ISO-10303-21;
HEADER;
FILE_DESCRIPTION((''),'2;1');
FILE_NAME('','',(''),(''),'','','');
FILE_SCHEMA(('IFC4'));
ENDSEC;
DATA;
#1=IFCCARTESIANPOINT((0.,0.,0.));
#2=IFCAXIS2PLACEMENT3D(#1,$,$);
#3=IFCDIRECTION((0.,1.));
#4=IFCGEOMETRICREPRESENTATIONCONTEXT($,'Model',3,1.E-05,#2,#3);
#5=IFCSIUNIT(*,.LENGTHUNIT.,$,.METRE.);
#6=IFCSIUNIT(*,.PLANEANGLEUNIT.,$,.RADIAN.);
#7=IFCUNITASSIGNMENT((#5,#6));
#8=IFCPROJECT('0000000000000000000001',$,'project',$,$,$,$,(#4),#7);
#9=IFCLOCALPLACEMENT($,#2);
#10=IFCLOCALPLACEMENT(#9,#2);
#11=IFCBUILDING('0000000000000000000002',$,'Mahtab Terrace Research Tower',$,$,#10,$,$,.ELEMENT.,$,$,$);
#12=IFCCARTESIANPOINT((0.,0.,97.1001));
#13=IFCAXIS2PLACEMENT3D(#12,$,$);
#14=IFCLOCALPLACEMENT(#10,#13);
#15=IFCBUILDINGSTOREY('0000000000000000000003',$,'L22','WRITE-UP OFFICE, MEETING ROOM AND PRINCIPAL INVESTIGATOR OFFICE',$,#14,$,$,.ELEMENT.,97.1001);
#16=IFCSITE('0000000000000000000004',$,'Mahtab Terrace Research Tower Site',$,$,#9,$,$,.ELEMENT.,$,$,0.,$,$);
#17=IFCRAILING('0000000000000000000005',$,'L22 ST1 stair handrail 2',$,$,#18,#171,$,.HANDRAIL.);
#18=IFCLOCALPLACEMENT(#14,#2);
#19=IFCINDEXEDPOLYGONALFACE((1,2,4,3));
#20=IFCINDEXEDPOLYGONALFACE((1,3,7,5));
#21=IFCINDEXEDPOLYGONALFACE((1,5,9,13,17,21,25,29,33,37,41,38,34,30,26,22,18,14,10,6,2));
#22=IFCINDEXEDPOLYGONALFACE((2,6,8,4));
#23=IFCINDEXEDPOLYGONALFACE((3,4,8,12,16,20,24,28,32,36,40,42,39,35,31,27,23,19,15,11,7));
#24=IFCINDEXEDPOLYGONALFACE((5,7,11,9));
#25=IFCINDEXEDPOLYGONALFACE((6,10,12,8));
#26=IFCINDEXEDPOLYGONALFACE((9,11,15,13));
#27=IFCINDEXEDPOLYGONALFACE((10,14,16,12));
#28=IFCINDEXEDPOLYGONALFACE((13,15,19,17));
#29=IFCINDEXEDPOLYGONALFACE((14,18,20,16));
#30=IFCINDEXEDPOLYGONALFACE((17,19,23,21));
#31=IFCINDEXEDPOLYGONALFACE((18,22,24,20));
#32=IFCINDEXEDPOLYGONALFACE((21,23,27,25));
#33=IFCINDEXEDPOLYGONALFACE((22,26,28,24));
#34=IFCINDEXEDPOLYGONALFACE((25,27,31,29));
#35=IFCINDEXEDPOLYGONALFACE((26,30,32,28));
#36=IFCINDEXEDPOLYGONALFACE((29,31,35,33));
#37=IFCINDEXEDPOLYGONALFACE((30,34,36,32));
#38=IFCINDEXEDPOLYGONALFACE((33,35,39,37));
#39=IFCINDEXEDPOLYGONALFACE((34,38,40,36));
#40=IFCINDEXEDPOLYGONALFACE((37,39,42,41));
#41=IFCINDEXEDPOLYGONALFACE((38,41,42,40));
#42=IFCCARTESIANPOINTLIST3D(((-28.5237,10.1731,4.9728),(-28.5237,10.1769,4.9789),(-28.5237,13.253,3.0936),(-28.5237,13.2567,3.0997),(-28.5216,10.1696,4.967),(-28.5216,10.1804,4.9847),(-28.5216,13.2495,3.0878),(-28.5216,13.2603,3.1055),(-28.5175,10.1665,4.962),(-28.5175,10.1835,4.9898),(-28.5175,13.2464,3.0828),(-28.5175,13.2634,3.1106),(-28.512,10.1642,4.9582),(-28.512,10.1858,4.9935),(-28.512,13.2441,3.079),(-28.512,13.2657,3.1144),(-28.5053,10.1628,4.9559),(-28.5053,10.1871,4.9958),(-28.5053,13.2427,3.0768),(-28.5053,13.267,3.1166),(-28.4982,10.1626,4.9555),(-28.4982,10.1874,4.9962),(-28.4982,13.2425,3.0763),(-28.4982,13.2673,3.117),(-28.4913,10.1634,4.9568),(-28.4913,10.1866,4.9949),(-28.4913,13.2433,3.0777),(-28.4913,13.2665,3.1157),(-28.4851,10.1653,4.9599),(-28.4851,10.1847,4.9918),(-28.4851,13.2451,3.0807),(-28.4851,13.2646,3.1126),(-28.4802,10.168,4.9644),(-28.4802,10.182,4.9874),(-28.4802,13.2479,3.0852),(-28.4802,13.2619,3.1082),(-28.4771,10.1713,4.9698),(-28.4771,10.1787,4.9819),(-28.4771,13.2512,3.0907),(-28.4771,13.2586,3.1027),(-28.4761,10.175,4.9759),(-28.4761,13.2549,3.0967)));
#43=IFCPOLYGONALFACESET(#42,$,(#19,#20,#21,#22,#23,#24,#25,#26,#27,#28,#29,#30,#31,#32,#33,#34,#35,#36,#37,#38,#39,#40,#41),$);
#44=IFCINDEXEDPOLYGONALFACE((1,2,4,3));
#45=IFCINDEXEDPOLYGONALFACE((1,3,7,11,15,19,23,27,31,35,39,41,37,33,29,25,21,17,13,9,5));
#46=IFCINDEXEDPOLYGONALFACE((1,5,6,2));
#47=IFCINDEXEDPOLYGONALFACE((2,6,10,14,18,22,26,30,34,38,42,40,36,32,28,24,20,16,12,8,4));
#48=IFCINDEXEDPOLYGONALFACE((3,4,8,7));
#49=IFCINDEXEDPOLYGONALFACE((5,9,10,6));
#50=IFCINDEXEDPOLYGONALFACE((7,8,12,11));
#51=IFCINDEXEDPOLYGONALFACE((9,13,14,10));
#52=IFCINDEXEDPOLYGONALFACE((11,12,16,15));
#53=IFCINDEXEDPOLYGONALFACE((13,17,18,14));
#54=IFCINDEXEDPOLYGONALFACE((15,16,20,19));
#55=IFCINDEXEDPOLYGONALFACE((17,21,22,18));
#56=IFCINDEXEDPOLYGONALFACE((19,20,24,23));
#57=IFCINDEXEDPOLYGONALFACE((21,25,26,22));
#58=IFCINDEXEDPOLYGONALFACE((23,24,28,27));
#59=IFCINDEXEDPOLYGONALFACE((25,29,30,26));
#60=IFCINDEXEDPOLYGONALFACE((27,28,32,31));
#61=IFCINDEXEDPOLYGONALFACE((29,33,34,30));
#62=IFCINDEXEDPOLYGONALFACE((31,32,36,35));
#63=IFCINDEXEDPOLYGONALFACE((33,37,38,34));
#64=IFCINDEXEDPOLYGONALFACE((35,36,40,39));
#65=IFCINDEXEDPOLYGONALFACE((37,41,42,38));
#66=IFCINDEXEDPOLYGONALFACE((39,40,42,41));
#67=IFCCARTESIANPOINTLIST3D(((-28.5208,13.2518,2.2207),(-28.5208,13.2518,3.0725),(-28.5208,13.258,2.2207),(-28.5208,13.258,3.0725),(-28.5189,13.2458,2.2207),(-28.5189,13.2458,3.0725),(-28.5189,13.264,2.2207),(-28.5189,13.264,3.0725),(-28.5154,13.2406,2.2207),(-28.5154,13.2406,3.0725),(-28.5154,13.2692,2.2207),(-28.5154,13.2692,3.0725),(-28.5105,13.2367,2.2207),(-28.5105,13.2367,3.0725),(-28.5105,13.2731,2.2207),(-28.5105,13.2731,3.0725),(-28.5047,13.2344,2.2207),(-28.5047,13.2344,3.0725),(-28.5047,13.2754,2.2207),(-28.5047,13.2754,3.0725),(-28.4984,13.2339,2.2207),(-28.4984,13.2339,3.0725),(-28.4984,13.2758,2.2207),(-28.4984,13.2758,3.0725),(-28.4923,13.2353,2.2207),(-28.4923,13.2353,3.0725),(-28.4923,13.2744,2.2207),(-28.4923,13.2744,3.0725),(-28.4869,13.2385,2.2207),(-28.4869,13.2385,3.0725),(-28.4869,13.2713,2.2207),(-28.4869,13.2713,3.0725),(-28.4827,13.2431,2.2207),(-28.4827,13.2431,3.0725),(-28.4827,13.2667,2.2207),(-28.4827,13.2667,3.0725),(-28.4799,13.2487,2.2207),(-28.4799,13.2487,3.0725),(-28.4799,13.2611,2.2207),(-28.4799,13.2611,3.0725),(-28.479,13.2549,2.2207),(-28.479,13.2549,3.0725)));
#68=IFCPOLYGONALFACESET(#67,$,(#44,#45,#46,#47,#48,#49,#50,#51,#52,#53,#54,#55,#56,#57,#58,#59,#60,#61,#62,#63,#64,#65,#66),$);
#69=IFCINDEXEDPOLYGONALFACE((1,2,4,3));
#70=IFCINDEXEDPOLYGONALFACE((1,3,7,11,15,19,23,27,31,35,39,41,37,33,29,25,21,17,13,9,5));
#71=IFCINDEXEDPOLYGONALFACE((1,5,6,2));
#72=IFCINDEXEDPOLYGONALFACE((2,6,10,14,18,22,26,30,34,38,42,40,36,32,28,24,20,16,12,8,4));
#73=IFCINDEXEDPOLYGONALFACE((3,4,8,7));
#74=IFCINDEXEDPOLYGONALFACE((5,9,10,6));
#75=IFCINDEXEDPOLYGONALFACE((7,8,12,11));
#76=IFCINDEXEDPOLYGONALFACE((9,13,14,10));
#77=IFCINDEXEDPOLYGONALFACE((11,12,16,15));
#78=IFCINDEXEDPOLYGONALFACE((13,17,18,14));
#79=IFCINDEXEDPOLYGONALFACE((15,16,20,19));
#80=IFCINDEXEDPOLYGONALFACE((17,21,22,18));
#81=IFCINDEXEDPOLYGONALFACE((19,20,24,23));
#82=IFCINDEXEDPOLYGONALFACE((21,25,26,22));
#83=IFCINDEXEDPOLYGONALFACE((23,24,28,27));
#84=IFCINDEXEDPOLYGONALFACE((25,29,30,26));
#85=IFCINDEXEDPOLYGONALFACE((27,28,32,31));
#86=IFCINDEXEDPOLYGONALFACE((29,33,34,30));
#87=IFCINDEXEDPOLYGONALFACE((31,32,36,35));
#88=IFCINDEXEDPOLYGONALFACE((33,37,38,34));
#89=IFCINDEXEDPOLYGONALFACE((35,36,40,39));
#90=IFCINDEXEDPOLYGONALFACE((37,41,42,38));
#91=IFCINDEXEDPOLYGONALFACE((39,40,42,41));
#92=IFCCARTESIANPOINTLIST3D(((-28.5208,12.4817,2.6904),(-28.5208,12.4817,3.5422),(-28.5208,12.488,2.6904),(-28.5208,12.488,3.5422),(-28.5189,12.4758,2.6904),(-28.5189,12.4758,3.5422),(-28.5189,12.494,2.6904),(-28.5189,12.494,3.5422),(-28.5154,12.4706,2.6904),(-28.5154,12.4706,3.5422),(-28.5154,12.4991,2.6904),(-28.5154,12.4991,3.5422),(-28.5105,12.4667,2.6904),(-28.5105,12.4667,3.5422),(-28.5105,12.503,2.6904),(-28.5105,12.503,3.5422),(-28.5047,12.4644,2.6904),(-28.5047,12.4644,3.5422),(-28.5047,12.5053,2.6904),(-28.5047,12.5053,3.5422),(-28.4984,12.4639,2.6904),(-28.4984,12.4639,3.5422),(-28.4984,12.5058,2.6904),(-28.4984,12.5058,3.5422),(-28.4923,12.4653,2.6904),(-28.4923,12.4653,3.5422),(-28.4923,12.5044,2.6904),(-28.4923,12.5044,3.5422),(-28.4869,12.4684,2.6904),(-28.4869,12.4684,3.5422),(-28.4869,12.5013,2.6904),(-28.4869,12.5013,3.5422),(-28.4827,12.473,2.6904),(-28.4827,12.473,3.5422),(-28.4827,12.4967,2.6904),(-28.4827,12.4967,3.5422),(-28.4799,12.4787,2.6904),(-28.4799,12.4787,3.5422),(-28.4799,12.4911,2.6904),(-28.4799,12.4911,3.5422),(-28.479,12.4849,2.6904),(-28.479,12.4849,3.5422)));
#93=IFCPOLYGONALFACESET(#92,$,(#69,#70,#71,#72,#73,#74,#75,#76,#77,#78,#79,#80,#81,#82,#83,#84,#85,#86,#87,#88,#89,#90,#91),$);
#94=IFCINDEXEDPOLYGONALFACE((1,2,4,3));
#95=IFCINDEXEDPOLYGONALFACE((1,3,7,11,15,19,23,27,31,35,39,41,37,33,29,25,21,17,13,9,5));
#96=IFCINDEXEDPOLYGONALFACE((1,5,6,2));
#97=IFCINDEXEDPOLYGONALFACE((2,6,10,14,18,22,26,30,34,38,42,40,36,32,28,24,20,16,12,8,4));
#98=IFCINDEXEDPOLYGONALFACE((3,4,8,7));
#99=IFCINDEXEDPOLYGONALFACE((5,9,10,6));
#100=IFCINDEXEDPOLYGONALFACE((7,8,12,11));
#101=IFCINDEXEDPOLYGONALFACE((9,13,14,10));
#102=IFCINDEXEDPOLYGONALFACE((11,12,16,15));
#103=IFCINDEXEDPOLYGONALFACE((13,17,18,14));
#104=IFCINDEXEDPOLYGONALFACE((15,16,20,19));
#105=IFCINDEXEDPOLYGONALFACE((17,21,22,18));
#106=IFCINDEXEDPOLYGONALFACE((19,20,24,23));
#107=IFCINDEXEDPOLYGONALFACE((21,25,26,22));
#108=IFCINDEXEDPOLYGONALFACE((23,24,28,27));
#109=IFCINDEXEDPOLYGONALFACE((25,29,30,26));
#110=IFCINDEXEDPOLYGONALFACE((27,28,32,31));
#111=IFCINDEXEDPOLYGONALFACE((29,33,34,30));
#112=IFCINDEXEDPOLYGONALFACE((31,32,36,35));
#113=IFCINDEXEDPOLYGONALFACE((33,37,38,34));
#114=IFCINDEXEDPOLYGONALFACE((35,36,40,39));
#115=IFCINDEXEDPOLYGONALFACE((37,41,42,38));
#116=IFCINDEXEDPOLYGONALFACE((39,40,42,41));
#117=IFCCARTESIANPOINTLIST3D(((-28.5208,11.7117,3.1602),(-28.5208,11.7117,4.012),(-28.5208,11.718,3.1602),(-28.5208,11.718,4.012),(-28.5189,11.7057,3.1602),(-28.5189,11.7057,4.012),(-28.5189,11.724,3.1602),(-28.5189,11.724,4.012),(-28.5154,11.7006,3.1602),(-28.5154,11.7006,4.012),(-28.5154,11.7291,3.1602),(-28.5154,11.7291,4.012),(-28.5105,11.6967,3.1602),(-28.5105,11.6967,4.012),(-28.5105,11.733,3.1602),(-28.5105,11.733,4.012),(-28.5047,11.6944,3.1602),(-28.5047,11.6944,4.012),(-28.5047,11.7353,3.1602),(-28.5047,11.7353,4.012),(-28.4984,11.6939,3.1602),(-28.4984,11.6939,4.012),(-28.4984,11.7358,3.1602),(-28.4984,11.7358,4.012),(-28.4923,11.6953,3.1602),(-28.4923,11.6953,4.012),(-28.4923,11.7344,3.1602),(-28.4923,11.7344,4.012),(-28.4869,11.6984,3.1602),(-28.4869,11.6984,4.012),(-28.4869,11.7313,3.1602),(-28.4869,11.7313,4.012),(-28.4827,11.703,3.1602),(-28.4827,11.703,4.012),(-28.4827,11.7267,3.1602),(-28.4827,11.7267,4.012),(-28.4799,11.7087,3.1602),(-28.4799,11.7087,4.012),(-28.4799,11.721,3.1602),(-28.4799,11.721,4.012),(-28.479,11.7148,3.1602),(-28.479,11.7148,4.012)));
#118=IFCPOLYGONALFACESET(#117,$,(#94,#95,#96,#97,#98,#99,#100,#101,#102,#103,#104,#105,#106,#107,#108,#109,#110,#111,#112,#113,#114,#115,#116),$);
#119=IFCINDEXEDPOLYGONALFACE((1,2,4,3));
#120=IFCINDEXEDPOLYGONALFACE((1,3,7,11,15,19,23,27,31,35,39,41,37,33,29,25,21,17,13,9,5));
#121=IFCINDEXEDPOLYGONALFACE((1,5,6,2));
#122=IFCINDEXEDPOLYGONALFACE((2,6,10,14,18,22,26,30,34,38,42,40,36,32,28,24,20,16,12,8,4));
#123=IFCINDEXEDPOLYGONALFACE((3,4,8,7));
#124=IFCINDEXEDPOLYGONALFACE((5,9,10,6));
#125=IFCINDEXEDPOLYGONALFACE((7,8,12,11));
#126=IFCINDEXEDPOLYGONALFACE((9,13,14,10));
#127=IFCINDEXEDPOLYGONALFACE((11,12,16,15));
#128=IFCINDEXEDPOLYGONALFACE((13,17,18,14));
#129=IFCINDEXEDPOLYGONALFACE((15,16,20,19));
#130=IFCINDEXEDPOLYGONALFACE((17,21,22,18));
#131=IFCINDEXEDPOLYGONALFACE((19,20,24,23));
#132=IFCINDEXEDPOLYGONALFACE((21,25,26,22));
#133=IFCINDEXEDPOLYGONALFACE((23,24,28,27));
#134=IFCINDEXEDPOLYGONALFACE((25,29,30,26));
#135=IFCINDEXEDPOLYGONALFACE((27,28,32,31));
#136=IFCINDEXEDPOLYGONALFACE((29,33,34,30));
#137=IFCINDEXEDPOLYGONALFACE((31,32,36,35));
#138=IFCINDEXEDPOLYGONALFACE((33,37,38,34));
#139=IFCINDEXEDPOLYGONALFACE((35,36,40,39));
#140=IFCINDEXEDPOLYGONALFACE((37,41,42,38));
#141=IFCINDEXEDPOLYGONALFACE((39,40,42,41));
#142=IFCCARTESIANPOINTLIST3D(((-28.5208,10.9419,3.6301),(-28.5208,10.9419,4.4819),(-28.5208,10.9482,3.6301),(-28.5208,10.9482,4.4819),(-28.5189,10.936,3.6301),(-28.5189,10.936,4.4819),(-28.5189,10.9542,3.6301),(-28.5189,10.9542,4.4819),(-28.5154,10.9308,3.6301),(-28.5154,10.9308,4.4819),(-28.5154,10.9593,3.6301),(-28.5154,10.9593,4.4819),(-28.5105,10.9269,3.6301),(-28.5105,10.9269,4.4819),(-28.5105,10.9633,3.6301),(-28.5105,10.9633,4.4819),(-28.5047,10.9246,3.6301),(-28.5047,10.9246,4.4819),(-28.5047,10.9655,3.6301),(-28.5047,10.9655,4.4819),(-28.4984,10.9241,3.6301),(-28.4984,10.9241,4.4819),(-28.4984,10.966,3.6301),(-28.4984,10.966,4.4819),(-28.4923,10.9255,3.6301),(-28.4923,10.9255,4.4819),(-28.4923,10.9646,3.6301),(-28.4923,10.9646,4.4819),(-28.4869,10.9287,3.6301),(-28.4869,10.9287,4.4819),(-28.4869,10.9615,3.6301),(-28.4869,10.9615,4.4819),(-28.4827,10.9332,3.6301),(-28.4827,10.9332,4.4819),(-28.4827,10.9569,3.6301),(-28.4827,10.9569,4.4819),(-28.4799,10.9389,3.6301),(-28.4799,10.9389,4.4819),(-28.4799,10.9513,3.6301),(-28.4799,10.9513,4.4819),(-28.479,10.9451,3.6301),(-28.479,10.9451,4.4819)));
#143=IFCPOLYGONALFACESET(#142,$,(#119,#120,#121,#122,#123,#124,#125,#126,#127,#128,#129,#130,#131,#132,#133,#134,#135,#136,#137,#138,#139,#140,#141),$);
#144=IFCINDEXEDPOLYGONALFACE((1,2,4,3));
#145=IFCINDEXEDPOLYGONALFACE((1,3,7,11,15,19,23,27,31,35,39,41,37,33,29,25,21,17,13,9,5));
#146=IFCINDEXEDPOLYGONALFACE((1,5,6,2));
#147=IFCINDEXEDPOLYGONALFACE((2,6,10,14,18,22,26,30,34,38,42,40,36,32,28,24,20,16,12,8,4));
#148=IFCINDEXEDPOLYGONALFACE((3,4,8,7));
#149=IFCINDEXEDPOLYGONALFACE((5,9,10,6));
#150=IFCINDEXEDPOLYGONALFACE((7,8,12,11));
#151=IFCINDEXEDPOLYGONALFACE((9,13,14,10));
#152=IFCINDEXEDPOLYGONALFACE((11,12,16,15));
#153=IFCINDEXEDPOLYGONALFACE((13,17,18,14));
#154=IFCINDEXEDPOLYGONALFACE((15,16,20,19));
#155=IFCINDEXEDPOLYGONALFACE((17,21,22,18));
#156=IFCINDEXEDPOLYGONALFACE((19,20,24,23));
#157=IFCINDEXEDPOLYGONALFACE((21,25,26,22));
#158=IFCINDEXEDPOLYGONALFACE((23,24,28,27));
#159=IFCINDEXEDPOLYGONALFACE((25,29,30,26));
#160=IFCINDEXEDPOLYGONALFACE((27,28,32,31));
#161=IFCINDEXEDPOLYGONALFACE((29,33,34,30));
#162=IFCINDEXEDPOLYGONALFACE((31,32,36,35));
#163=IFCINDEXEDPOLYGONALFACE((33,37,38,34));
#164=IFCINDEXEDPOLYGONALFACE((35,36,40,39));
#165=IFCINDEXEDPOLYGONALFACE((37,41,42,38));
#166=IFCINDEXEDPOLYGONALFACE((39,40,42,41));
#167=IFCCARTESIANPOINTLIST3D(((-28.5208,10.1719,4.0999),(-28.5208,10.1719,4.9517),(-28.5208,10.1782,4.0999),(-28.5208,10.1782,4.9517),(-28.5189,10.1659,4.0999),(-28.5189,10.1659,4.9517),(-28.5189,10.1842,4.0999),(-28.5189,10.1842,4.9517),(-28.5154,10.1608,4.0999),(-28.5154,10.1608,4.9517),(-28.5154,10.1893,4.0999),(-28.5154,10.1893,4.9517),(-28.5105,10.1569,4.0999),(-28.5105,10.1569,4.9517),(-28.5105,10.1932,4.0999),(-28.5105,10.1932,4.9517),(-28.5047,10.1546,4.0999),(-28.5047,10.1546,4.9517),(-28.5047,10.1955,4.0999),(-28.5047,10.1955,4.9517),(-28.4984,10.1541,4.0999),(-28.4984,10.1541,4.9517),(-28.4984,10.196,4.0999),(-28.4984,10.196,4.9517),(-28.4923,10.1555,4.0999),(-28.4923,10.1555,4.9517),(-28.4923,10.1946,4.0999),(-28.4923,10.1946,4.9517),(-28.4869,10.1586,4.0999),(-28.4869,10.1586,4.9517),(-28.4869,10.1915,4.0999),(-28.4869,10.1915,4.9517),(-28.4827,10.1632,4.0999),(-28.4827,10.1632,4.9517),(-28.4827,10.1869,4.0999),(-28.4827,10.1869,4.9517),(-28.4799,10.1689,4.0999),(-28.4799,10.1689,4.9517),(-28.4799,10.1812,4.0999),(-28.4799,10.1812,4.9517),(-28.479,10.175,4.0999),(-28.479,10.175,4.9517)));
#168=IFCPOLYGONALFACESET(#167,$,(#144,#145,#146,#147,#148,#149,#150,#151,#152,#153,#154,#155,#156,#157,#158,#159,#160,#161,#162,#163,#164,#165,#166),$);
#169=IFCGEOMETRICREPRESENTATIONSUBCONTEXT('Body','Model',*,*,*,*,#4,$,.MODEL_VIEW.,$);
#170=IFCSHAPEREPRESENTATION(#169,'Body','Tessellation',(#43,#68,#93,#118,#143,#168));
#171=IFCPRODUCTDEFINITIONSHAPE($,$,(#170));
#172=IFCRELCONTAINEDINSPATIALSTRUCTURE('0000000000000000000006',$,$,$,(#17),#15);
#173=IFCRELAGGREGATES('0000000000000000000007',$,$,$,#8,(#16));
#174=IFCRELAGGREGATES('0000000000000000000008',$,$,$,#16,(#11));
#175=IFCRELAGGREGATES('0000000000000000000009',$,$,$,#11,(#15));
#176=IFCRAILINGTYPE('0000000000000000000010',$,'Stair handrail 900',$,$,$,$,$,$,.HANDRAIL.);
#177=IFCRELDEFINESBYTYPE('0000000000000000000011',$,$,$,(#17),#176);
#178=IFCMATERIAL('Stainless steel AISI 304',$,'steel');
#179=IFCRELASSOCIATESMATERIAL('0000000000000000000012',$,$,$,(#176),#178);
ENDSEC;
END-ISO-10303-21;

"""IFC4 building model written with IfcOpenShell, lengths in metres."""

from ifc_helpers import new_model, si_unit, direction, frame, origin, origin_2d, place, context, subcontext, project, spatial, circle, extrude, material, type_object, element, save


model = new_model("IFC4")

# Units and contexts
model_context = context("Model", 3, precision=1e-05, world=origin(), true_north=direction((0.0, 1.0)))
body_context = subcontext(model_context, "Body", "Model", "MODEL_VIEW")
ifc_project = project(units=[si_unit("LENGTHUNIT", "METRE"), si_unit("PLANEANGLEUNIT", "RADIAN")], contexts=[model_context])

# Site, building, storey
site_placement = place(None, origin())
site = spatial("IfcSite", under=ifc_project, at=site_placement, Name="Mahtab Terrace Research Tower Site", CompositionType="ELEMENT", RefElevation=0.0)
building_placement = place(site_placement, origin())
building = spatial("IfcBuilding", under=site, at=building_placement, Name="Mahtab Terrace Research Tower", CompositionType="ELEMENT")
storey_placement = place(building_placement, frame((0.0, 0.0, 97.1001)))
storey = spatial("IfcBuildingStorey", under=building, at=storey_placement, Name="L22", Description="WRITE-UP OFFICE, MEETING ROOM AND PRINCIPAL INVESTIGATOR OFFICE", CompositionType="ELEMENT", Elevation=97.1001)

# Railing
ifc_material_1 = material(Name="Stainless steel AISI 304", Category="steel")
railing_type_1 = type_object("IfcRailingType", Name="Stair handrail 900", PredefinedType="HANDRAIL", material=ifc_material_1)
railing_1_placement = place(storey_placement, frame((-28.5, 13.2549, 2.2207)))
element("IfcRailing", 1, at=railing_1_placement, inside=storey, type_object=railing_type_1, Name="L22 ST1 stair handrail 2", PredefinedType="HANDRAIL", context=body_context, shape_type="SweptSolid", body=[
    extrude(circle(Radius=0.0239, at=origin_2d()), frame((0.0, 0.0, 0.876), z_axis=(0.0, -0.853648, 0.52085), x_axis=(1.0, 0.0, 0.0)), (0.0, 0.0, 1.0), 3.6079),
    extrude(circle(Radius=0.021, at=origin_2d()), origin(), (0.0, 0.0, 1.0), 0.8518),
    extrude(circle(Radius=0.021, at=origin_2d()), frame((0.0, -0.77, 0.4697)), (0.0, 0.0, 1.0), 0.8518),
    extrude(circle(Radius=0.021, at=origin_2d()), frame((0.0, -1.54, 0.9395)), (0.0, 0.0, 1.0), 0.8518),
    extrude(circle(Radius=0.021, at=origin_2d()), frame((0.0, -2.3098, 1.4094)), (0.0, 0.0, 1.0), 0.8518),
    extrude(circle(Radius=0.021, at=origin_2d()), frame((0.0, -3.0798, 1.8792)), (0.0, 0.0, 1.0), 0.8518),
])

save(model, "model.ifc")
